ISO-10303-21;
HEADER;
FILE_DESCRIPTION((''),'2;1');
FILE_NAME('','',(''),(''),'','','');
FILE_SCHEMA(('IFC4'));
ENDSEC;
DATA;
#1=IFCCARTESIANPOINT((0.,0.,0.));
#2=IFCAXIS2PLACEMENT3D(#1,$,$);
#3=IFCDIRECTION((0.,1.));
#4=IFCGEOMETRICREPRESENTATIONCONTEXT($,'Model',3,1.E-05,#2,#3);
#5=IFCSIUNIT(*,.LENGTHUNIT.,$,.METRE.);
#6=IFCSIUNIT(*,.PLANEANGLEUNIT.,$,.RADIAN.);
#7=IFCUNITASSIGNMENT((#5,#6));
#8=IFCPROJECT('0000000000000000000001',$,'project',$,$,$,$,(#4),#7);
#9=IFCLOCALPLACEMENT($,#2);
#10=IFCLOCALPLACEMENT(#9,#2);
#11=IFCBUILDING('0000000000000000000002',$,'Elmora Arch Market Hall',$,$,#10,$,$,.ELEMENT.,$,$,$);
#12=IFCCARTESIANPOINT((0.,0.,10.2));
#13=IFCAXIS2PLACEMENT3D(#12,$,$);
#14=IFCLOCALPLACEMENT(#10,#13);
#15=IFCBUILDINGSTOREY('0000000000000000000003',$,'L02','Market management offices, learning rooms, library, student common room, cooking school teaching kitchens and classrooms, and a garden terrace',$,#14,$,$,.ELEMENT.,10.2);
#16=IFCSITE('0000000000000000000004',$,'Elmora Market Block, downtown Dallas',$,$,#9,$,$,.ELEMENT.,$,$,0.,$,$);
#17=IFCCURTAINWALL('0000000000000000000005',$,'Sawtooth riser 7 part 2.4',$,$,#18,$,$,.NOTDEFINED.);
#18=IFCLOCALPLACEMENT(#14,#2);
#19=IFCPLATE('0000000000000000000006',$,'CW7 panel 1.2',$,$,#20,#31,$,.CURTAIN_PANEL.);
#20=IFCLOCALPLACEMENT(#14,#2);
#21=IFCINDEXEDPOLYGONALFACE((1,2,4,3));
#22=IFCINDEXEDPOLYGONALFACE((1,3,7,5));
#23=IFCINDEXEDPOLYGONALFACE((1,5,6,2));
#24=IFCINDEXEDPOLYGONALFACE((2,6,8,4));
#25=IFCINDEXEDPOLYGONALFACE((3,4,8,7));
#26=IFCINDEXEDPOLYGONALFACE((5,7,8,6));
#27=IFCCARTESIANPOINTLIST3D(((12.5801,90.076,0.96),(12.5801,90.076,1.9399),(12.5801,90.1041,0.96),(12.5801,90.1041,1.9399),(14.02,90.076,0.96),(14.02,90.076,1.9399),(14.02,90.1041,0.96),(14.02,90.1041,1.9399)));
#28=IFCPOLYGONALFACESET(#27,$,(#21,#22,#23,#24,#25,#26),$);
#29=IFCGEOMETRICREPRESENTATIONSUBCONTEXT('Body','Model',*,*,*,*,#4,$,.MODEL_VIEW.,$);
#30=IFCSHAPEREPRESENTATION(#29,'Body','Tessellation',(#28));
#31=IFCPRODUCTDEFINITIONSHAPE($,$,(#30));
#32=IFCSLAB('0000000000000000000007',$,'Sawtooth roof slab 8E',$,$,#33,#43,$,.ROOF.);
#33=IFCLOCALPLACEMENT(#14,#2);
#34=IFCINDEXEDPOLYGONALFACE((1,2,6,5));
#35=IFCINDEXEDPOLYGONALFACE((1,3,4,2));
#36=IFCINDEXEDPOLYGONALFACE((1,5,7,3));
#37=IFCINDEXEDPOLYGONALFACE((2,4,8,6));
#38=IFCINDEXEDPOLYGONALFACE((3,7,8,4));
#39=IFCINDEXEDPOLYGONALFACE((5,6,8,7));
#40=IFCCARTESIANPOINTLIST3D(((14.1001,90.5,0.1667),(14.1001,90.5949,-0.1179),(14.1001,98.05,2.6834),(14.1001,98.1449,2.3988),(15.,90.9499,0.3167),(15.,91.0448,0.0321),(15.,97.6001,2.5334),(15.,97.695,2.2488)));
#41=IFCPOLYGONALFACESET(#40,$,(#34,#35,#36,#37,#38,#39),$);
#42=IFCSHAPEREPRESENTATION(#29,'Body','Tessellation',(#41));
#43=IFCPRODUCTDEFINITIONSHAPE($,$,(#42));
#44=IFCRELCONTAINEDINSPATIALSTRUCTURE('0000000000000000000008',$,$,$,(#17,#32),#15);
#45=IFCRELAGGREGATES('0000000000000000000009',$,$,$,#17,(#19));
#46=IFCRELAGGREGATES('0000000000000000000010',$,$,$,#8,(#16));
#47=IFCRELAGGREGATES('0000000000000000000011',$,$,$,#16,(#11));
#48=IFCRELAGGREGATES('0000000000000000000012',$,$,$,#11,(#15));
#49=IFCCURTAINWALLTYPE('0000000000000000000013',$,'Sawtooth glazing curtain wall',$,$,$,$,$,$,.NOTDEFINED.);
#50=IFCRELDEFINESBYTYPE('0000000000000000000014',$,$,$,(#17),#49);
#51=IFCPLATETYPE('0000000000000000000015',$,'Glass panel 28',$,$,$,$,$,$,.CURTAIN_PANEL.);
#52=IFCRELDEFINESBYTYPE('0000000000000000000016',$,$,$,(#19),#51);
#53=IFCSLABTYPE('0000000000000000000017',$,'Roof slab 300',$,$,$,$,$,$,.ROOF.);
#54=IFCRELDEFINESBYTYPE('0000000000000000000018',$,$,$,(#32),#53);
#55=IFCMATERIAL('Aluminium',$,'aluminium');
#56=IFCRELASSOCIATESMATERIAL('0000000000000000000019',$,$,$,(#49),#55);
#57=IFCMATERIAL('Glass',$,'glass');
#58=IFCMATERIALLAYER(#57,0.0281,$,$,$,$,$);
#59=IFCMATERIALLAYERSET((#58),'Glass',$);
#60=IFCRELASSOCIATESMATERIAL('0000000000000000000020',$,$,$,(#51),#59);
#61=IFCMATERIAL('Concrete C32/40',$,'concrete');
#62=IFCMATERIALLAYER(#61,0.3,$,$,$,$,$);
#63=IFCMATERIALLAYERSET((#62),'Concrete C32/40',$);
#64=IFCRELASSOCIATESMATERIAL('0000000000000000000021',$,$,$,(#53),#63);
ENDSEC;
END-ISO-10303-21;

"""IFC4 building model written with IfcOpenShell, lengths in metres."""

from ifc_helpers import new_model, si_unit, direction, frame, origin, origin_2d, place, context, subcontext, project, spatial, polyline, rectangle, outline, extrude, material, layer, layer_set, type_object, element, aggregate, save


model = new_model("IFC4")

# Units and contexts
model_context = context("Model", 3, precision=1e-05, world=origin(), true_north=direction((0.0, 1.0)))
body_context = subcontext(model_context, "Body", "Model", "MODEL_VIEW")
ifc_project = project(units=[si_unit("LENGTHUNIT", "METRE"), si_unit("PLANEANGLEUNIT", "RADIAN")], contexts=[model_context])

# Site, building, storey
site_placement = place(None, origin())
site = spatial("IfcSite", under=ifc_project, at=site_placement, Name="Elmora Market Block, downtown Dallas", CompositionType="ELEMENT", RefElevation=0.0)
building_placement = place(site_placement, origin())
building = spatial("IfcBuilding", under=site, at=building_placement, Name="Elmora Arch Market Hall", CompositionType="ELEMENT")
storey_placement = place(building_placement, frame((0.0, 0.0, 10.2)))
storey = spatial("IfcBuildingStorey", under=building, at=storey_placement, Name="L02", Description="Market management offices, learning rooms, library, student common room, cooking school teaching kitchens and classrooms, and a garden terrace", CompositionType="ELEMENT", Elevation=10.2)

# Shared definitions
ifc_material_1 = material(Name="Aluminium", Category="aluminium")
curtain_wall_type_1 = type_object("IfcCurtainWallType", Name="Sawtooth glazing curtain wall", PredefinedType="NOTDEFINED", material=ifc_material_1)

# Curtain wall
curtain_wall_1_placement = place(storey_placement, origin())
curtain_wall_1 = element("IfcCurtainWall", 1, at=curtain_wall_1_placement, inside=storey, type_object=curtain_wall_type_1, Name="Sawtooth riser 7 part 2.4", PredefinedType="NOTDEFINED")

# Plate
ifc_material_2 = material(Name="Glass", Category="glass")
ifc_layer_1 = layer(ifc_material_2, 0.0281)
ifc_layer_set_1 = layer_set([ifc_layer_1], Name="Glass")
plate_type = type_object("IfcPlateType", Name="Glass panel 28", PredefinedType="CURTAIN_PANEL", material=ifc_layer_set_1)
plate_1_placement = place(storey_placement, frame((13.3, 90.0901, 0.96), z_axis=(0.0, 0.0, 1.0), x_axis=(1.0, 0.0, 0.0)))
plate_1 = element("IfcPlate", 2, at=plate_1_placement, type_object=plate_type, Name="CW7 panel 1.2", PredefinedType="CURTAIN_PANEL", context=body_context, shape_type="SweptSolid", body=[
    extrude(rectangle(XDim=1.4399, YDim=0.0281, at=origin_2d()), origin(), (0.0, 0.0, 1.0), 0.98),
])
aggregate(curtain_wall_1, [plate_1])

# Slab
ifc_material_3 = material(Name="Concrete C32/40", Category="concrete")
ifc_layer_2 = layer(ifc_material_3, 0.3)
ifc_layer_set_2 = layer_set([ifc_layer_2], Name="Concrete C32/40")
slab_type = type_object("IfcSlabType", Name="Roof slab 300", PredefinedType="ROOF", material=ifc_layer_set_2)
slab_placement = place(storey_placement, frame((14.1001, 90.5, 0.1667), z_axis=(0.0, -0.316228, 0.948683), x_axis=(0.884662, 0.442307, 0.147436)))
element("IfcSlab", 3, at=slab_placement, inside=storey, type_object=slab_type, Name="Sawtooth roof slab 8E", PredefinedType="ROOF", context=body_context, shape_type="SweptSolid", body=[
    extrude(outline(polyline([(0.0, 0.0), (1.0172, 0.0), (4.2855, 6.2014), (3.7105, 7.0405), (0.0, 0.0)])), origin(), (0.0, 0.0, -1.0), 0.3),
])

save(model, "model.ifc")
